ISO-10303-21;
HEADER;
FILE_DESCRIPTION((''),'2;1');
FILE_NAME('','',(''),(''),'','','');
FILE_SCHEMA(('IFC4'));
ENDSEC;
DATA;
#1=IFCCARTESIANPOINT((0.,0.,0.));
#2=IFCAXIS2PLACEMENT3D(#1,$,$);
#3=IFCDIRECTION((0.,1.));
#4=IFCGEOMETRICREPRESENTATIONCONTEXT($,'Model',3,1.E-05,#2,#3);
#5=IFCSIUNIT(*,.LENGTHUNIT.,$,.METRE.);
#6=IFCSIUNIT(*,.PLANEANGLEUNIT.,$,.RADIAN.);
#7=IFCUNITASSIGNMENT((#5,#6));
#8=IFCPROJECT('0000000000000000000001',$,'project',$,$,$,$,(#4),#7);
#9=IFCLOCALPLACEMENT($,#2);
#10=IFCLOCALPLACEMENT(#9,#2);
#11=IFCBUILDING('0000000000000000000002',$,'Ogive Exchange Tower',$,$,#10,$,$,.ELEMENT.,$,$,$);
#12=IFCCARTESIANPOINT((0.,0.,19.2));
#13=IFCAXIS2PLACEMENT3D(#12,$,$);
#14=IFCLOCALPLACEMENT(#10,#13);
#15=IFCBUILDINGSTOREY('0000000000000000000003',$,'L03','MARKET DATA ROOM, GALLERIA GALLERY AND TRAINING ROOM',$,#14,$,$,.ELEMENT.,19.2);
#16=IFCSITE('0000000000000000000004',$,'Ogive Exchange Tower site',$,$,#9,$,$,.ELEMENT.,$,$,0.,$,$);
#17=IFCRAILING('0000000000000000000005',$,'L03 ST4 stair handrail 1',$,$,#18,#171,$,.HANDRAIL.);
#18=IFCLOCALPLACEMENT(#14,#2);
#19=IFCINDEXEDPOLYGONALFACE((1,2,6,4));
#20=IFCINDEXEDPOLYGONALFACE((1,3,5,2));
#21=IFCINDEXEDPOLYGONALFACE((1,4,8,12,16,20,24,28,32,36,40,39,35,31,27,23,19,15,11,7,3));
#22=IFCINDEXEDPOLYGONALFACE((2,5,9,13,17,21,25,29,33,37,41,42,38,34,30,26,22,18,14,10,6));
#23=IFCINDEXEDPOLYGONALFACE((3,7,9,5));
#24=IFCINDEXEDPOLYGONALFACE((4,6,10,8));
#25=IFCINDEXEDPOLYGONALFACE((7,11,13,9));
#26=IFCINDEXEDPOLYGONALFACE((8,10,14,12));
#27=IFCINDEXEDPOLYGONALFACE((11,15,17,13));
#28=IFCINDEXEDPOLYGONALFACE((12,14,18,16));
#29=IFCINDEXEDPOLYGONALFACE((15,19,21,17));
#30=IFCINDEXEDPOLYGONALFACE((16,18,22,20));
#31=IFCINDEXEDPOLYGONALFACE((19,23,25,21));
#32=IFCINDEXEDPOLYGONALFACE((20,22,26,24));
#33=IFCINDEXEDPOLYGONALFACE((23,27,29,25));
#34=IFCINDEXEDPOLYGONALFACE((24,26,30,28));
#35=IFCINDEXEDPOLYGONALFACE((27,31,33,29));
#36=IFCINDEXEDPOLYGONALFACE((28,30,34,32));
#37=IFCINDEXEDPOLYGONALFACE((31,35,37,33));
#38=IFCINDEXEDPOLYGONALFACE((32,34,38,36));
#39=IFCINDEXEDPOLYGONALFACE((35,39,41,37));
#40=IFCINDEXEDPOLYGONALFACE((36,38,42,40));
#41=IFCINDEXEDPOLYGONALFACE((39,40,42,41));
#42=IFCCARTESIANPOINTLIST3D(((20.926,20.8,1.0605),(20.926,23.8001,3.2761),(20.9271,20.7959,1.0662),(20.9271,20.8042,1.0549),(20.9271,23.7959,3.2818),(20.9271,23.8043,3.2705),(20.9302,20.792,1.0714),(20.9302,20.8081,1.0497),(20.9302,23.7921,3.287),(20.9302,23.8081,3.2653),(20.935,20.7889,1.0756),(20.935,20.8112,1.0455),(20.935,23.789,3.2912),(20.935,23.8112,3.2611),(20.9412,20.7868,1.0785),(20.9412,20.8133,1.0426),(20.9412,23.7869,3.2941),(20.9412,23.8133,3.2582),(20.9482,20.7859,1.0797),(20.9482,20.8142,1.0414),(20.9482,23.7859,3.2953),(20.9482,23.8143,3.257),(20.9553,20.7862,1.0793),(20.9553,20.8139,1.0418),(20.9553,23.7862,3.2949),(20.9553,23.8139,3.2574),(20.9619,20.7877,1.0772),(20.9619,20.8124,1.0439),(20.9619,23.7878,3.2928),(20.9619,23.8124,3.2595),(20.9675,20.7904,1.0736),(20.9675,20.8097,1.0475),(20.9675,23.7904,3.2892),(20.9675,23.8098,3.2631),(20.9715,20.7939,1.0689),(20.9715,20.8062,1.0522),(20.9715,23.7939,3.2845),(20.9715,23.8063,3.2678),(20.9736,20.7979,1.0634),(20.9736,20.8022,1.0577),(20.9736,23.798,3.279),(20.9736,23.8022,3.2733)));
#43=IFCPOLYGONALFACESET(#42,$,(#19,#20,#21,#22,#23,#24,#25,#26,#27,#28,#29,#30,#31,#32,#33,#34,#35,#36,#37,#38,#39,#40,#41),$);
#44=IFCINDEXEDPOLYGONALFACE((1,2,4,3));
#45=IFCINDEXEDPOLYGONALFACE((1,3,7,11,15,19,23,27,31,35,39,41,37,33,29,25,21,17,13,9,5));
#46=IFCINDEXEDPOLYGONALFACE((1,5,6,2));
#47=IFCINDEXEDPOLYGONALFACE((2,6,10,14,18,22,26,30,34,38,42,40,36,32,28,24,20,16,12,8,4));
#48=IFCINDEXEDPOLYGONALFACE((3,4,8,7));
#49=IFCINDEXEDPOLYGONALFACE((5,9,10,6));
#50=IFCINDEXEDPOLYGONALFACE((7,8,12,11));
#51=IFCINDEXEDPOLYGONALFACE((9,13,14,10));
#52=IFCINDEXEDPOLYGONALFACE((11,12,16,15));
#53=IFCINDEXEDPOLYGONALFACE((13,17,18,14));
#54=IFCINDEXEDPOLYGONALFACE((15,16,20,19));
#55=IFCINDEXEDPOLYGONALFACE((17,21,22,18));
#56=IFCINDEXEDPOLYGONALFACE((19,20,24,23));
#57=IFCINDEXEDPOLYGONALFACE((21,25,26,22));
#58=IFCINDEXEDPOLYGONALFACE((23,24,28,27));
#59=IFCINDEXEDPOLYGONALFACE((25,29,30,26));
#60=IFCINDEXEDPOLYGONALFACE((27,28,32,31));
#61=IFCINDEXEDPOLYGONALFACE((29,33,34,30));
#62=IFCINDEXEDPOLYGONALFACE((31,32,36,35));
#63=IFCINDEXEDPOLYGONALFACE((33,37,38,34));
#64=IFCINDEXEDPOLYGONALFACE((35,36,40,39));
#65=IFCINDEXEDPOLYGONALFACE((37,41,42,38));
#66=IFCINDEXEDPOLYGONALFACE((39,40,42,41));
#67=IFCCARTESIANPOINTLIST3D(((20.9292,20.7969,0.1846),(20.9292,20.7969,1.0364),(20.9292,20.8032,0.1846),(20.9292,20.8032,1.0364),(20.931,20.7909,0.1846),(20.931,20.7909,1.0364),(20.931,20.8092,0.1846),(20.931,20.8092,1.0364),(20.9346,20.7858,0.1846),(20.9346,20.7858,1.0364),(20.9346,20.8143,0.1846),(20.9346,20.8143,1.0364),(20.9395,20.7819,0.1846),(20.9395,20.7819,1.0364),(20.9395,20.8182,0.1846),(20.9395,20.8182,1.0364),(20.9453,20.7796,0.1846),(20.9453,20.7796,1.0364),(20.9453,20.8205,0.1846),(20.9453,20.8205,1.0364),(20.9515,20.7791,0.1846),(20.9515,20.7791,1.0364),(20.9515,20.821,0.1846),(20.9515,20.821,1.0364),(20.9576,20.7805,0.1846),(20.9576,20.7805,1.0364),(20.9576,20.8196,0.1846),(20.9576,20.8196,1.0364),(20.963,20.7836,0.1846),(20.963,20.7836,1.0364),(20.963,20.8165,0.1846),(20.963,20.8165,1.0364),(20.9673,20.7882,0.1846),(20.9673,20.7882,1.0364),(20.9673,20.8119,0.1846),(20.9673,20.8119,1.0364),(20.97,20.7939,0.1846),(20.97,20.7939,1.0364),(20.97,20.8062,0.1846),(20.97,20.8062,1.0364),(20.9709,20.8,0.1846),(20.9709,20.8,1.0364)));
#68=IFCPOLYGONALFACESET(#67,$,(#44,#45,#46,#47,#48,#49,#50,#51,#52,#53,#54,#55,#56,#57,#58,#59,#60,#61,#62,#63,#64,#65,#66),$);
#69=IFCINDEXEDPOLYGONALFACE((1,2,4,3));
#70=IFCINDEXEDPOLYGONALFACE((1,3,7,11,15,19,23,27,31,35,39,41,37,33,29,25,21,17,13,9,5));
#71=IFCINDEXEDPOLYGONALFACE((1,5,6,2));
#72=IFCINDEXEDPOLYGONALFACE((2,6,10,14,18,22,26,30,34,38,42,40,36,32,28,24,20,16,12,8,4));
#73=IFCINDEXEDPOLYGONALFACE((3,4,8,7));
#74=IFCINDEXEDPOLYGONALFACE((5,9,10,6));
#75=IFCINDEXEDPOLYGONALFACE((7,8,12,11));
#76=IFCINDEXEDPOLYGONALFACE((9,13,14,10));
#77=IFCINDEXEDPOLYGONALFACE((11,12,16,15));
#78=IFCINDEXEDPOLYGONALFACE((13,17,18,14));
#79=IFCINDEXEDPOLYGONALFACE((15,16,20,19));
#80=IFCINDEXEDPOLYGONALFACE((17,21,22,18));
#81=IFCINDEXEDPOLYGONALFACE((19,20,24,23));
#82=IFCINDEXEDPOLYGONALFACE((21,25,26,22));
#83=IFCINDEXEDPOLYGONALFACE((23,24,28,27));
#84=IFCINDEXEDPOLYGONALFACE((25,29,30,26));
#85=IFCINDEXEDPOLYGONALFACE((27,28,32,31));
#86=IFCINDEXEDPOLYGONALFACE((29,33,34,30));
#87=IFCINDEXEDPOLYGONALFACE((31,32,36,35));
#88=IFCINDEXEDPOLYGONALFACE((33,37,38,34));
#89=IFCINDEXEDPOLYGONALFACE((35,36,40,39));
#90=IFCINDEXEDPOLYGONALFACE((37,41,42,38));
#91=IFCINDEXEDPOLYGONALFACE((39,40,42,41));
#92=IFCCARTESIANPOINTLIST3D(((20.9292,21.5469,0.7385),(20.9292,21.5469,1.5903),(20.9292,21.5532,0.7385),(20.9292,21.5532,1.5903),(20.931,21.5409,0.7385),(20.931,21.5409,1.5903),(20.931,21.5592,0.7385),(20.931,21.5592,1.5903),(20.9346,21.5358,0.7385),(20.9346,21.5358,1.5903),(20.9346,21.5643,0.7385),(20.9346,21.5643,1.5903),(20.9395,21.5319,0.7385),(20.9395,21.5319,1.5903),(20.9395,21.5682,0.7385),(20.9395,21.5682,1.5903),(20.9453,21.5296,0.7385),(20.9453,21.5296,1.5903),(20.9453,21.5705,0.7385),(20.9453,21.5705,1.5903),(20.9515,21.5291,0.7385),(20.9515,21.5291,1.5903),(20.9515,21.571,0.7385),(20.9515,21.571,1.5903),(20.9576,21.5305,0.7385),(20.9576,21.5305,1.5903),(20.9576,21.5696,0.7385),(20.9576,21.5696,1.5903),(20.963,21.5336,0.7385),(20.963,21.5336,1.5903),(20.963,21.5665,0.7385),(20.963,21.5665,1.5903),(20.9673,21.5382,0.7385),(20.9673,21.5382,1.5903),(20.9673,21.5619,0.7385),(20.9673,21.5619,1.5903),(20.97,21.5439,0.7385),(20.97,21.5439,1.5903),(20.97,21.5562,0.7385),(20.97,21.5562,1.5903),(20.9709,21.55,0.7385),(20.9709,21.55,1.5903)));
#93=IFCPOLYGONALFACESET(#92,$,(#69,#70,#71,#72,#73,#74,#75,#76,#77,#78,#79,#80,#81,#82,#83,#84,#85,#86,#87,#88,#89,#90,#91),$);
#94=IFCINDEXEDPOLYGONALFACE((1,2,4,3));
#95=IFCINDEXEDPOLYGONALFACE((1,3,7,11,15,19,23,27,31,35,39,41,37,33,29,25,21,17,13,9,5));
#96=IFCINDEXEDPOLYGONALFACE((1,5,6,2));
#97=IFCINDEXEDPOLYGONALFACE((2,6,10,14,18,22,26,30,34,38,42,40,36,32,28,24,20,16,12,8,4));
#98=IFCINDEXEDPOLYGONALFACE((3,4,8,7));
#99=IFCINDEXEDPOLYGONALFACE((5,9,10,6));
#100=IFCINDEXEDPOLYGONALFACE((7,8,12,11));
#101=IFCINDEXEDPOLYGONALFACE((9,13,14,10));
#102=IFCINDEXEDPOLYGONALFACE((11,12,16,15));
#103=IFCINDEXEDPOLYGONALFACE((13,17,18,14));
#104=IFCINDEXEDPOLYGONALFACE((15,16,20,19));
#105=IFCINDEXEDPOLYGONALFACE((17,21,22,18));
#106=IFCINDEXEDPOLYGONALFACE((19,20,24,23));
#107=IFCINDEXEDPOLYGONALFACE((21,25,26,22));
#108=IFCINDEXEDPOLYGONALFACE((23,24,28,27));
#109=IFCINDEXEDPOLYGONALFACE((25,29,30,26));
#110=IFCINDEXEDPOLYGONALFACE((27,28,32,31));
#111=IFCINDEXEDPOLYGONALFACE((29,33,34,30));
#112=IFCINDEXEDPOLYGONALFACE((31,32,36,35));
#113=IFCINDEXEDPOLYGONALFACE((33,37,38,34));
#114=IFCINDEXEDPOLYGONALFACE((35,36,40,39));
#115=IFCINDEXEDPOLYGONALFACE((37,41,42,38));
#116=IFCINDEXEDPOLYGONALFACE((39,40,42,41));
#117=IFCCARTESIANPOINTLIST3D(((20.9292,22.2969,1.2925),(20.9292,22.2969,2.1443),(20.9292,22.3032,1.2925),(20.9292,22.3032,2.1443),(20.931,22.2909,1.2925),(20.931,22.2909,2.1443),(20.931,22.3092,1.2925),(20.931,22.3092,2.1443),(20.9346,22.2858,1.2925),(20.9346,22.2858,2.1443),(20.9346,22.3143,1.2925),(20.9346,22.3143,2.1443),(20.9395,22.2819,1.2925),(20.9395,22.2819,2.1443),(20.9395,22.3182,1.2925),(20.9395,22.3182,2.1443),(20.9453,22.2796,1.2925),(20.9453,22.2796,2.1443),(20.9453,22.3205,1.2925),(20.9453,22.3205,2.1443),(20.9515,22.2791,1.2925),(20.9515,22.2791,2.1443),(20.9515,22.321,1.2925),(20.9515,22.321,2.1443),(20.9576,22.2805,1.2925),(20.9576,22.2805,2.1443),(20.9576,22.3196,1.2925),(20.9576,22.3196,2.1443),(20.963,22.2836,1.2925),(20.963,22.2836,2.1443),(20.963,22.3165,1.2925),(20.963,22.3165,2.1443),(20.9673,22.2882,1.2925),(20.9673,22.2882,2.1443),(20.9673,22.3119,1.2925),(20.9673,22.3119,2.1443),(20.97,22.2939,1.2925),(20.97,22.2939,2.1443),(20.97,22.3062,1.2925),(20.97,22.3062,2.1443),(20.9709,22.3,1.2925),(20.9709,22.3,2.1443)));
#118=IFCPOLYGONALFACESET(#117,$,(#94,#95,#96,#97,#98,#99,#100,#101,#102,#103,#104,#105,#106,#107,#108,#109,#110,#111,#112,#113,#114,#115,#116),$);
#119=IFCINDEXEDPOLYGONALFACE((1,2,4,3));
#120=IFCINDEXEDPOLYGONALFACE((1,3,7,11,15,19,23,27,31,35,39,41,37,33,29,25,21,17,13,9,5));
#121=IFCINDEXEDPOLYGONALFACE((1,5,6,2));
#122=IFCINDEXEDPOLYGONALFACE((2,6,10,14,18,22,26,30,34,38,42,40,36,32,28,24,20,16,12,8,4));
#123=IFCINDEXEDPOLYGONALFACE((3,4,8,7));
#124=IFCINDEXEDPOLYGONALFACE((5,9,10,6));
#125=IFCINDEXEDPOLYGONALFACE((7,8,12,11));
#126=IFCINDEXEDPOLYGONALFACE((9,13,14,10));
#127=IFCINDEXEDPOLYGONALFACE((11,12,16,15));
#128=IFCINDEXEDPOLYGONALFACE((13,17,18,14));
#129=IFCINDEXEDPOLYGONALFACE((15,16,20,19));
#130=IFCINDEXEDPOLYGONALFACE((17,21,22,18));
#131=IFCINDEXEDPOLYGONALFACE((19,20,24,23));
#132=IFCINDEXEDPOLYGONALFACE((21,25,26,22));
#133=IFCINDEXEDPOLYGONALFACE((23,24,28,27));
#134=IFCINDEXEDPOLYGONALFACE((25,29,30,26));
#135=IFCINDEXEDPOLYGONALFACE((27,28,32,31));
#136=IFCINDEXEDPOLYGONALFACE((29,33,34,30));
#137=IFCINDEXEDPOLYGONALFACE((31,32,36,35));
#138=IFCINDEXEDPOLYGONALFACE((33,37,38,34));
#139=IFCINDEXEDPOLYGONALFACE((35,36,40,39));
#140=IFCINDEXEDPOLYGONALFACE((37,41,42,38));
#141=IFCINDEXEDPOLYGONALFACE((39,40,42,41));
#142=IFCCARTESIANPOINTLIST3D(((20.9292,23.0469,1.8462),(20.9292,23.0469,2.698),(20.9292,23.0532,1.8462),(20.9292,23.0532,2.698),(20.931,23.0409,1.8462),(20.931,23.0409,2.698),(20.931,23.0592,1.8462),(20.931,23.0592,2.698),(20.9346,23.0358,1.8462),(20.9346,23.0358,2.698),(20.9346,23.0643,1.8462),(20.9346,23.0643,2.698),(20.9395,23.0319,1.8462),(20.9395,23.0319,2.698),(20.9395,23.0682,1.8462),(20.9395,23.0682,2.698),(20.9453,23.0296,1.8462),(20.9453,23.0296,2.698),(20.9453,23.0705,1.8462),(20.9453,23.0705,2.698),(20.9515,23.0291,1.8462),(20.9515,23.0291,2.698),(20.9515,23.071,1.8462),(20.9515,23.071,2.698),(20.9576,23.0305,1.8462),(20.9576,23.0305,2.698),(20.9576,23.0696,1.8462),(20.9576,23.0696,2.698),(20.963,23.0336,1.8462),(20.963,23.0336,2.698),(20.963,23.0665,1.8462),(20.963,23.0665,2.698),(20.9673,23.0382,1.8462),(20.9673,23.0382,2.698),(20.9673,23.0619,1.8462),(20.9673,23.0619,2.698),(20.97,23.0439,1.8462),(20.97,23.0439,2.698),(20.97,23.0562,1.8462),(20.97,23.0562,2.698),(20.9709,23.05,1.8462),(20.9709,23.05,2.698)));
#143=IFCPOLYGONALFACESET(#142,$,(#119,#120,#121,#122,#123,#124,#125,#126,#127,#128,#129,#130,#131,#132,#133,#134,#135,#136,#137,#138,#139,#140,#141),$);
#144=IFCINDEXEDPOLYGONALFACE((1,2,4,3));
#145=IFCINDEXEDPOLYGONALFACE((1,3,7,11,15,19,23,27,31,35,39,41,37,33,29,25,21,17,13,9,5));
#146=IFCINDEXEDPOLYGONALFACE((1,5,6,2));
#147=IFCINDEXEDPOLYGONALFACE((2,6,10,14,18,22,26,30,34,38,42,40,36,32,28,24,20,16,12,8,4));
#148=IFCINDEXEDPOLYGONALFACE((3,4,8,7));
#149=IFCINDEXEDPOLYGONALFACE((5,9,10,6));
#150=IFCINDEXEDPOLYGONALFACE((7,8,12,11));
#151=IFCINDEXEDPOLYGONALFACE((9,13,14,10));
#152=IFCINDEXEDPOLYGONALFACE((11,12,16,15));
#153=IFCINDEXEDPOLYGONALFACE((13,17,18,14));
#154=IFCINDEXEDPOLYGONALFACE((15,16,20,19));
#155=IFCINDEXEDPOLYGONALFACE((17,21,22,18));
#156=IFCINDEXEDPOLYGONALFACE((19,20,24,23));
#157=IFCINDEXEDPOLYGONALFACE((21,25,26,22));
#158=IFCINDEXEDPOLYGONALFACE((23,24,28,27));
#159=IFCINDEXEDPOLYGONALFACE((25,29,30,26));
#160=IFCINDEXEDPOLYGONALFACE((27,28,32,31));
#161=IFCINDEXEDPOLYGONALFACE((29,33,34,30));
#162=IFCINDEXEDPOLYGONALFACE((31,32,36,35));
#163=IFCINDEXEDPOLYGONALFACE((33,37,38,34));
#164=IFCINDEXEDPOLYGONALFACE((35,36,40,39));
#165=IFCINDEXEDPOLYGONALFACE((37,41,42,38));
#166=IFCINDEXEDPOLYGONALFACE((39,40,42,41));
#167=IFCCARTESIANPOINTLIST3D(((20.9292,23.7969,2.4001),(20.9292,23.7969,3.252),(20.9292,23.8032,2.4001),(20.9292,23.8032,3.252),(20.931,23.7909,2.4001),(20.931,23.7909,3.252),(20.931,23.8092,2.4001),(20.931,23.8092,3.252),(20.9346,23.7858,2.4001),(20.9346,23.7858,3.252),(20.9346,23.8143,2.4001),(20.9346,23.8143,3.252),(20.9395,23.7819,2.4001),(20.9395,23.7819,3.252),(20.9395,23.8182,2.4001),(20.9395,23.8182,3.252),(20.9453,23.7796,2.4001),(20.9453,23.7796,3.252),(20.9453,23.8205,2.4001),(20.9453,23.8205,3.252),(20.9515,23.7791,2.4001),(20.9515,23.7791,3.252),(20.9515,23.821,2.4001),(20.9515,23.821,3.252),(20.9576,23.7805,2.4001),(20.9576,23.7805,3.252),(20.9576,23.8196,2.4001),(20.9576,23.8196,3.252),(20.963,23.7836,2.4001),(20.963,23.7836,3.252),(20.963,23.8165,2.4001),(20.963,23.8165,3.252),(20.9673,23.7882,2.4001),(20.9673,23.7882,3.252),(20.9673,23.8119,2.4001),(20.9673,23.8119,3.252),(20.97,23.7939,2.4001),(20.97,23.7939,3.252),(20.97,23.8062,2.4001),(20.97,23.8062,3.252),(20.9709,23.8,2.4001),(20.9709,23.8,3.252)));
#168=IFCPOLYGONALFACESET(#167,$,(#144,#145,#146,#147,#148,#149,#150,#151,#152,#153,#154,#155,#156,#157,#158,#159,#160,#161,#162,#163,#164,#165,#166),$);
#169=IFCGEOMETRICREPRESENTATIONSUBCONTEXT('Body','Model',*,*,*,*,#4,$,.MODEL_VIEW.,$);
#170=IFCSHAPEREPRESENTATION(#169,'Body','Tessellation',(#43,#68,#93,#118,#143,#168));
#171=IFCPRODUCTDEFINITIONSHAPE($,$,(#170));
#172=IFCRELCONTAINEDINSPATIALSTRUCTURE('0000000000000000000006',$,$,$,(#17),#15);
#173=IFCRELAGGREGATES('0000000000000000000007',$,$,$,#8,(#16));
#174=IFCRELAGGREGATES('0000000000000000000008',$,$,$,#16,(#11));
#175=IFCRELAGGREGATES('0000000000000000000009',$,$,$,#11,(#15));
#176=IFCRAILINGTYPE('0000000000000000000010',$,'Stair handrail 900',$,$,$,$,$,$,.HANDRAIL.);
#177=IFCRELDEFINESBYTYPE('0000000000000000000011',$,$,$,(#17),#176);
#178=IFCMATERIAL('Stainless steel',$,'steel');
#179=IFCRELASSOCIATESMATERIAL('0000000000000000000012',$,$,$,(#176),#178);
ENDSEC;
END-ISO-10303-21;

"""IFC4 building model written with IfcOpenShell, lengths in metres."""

from ifc_helpers import new_model, si_unit, direction, frame, origin, origin_2d, place, context, subcontext, project, spatial, circle, extrude, material, type_object, element, save


model = new_model("IFC4")

# Units and contexts
model_context = context("Model", 3, precision=1e-05, world=origin(), true_north=direction((0.0, 1.0)))
body_context = subcontext(model_context, "Body", "Model", "MODEL_VIEW")
ifc_project = project(units=[si_unit("LENGTHUNIT", "METRE"), si_unit("PLANEANGLEUNIT", "RADIAN")], contexts=[model_context])

# Site, building, storey
site_placement = place(None, origin())
site = spatial("IfcSite", under=ifc_project, at=site_placement, Name="Ogive Exchange Tower site", CompositionType="ELEMENT", RefElevation=0.0)
building_placement = place(site_placement, origin())
building = spatial("IfcBuilding", under=site, at=building_placement, Name="Ogive Exchange Tower", CompositionType="ELEMENT")
storey_placement = place(building_placement, frame((0.0, 0.0, 19.2)))
storey = spatial("IfcBuildingStorey", under=building, at=storey_placement, Name="L03", Description="MARKET DATA ROOM, GALLERIA GALLERY AND TRAINING ROOM", CompositionType="ELEMENT", Elevation=19.2)

# Railing
ifc_material_1 = material(Name="Stainless steel", Category="steel")
railing_type = type_object("IfcRailingType", Name="Stair handrail 900", PredefinedType="HANDRAIL", material=ifc_material_1)
railing_placement = place(storey_placement, frame((20.95, 20.8, 0.1846)))
element("IfcRailing", 1, at=railing_placement, inside=storey, type_object=railing_type, Name="L03 ST4 stair handrail 1", PredefinedType="HANDRAIL", context=body_context, shape_type="SweptSolid", body=[
    extrude(circle(Radius=0.0239, at=origin_2d()), frame((0.0, 0.0, 0.876), z_axis=(0.0, 0.804409, 0.594076), x_axis=(-1.0, 0.0, 0.0)), (0.0, 0.0, 1.0), 3.7295),
    extrude(circle(Radius=0.021, at=origin_2d()), origin(), (0.0, 0.0, 1.0), 0.8518),
    extrude(circle(Radius=0.021, at=origin_2d()), frame((0.0, 0.75, 0.554)), (0.0, 0.0, 1.0), 0.8518),
    extrude(circle(Radius=0.021, at=origin_2d()), frame((0.0, 1.5, 1.1079)), (0.0, 0.0, 1.0), 0.8518),
    extrude(circle(Radius=0.021, at=origin_2d()), frame((0.0, 2.25, 1.6616)), (0.0, 0.0, 1.0), 0.8518),
    extrude(circle(Radius=0.021, at=origin_2d()), frame((0.0, 3.0, 2.2156)), (0.0, 0.0, 1.0), 0.8518),
])

save(model, "model.ifc")
